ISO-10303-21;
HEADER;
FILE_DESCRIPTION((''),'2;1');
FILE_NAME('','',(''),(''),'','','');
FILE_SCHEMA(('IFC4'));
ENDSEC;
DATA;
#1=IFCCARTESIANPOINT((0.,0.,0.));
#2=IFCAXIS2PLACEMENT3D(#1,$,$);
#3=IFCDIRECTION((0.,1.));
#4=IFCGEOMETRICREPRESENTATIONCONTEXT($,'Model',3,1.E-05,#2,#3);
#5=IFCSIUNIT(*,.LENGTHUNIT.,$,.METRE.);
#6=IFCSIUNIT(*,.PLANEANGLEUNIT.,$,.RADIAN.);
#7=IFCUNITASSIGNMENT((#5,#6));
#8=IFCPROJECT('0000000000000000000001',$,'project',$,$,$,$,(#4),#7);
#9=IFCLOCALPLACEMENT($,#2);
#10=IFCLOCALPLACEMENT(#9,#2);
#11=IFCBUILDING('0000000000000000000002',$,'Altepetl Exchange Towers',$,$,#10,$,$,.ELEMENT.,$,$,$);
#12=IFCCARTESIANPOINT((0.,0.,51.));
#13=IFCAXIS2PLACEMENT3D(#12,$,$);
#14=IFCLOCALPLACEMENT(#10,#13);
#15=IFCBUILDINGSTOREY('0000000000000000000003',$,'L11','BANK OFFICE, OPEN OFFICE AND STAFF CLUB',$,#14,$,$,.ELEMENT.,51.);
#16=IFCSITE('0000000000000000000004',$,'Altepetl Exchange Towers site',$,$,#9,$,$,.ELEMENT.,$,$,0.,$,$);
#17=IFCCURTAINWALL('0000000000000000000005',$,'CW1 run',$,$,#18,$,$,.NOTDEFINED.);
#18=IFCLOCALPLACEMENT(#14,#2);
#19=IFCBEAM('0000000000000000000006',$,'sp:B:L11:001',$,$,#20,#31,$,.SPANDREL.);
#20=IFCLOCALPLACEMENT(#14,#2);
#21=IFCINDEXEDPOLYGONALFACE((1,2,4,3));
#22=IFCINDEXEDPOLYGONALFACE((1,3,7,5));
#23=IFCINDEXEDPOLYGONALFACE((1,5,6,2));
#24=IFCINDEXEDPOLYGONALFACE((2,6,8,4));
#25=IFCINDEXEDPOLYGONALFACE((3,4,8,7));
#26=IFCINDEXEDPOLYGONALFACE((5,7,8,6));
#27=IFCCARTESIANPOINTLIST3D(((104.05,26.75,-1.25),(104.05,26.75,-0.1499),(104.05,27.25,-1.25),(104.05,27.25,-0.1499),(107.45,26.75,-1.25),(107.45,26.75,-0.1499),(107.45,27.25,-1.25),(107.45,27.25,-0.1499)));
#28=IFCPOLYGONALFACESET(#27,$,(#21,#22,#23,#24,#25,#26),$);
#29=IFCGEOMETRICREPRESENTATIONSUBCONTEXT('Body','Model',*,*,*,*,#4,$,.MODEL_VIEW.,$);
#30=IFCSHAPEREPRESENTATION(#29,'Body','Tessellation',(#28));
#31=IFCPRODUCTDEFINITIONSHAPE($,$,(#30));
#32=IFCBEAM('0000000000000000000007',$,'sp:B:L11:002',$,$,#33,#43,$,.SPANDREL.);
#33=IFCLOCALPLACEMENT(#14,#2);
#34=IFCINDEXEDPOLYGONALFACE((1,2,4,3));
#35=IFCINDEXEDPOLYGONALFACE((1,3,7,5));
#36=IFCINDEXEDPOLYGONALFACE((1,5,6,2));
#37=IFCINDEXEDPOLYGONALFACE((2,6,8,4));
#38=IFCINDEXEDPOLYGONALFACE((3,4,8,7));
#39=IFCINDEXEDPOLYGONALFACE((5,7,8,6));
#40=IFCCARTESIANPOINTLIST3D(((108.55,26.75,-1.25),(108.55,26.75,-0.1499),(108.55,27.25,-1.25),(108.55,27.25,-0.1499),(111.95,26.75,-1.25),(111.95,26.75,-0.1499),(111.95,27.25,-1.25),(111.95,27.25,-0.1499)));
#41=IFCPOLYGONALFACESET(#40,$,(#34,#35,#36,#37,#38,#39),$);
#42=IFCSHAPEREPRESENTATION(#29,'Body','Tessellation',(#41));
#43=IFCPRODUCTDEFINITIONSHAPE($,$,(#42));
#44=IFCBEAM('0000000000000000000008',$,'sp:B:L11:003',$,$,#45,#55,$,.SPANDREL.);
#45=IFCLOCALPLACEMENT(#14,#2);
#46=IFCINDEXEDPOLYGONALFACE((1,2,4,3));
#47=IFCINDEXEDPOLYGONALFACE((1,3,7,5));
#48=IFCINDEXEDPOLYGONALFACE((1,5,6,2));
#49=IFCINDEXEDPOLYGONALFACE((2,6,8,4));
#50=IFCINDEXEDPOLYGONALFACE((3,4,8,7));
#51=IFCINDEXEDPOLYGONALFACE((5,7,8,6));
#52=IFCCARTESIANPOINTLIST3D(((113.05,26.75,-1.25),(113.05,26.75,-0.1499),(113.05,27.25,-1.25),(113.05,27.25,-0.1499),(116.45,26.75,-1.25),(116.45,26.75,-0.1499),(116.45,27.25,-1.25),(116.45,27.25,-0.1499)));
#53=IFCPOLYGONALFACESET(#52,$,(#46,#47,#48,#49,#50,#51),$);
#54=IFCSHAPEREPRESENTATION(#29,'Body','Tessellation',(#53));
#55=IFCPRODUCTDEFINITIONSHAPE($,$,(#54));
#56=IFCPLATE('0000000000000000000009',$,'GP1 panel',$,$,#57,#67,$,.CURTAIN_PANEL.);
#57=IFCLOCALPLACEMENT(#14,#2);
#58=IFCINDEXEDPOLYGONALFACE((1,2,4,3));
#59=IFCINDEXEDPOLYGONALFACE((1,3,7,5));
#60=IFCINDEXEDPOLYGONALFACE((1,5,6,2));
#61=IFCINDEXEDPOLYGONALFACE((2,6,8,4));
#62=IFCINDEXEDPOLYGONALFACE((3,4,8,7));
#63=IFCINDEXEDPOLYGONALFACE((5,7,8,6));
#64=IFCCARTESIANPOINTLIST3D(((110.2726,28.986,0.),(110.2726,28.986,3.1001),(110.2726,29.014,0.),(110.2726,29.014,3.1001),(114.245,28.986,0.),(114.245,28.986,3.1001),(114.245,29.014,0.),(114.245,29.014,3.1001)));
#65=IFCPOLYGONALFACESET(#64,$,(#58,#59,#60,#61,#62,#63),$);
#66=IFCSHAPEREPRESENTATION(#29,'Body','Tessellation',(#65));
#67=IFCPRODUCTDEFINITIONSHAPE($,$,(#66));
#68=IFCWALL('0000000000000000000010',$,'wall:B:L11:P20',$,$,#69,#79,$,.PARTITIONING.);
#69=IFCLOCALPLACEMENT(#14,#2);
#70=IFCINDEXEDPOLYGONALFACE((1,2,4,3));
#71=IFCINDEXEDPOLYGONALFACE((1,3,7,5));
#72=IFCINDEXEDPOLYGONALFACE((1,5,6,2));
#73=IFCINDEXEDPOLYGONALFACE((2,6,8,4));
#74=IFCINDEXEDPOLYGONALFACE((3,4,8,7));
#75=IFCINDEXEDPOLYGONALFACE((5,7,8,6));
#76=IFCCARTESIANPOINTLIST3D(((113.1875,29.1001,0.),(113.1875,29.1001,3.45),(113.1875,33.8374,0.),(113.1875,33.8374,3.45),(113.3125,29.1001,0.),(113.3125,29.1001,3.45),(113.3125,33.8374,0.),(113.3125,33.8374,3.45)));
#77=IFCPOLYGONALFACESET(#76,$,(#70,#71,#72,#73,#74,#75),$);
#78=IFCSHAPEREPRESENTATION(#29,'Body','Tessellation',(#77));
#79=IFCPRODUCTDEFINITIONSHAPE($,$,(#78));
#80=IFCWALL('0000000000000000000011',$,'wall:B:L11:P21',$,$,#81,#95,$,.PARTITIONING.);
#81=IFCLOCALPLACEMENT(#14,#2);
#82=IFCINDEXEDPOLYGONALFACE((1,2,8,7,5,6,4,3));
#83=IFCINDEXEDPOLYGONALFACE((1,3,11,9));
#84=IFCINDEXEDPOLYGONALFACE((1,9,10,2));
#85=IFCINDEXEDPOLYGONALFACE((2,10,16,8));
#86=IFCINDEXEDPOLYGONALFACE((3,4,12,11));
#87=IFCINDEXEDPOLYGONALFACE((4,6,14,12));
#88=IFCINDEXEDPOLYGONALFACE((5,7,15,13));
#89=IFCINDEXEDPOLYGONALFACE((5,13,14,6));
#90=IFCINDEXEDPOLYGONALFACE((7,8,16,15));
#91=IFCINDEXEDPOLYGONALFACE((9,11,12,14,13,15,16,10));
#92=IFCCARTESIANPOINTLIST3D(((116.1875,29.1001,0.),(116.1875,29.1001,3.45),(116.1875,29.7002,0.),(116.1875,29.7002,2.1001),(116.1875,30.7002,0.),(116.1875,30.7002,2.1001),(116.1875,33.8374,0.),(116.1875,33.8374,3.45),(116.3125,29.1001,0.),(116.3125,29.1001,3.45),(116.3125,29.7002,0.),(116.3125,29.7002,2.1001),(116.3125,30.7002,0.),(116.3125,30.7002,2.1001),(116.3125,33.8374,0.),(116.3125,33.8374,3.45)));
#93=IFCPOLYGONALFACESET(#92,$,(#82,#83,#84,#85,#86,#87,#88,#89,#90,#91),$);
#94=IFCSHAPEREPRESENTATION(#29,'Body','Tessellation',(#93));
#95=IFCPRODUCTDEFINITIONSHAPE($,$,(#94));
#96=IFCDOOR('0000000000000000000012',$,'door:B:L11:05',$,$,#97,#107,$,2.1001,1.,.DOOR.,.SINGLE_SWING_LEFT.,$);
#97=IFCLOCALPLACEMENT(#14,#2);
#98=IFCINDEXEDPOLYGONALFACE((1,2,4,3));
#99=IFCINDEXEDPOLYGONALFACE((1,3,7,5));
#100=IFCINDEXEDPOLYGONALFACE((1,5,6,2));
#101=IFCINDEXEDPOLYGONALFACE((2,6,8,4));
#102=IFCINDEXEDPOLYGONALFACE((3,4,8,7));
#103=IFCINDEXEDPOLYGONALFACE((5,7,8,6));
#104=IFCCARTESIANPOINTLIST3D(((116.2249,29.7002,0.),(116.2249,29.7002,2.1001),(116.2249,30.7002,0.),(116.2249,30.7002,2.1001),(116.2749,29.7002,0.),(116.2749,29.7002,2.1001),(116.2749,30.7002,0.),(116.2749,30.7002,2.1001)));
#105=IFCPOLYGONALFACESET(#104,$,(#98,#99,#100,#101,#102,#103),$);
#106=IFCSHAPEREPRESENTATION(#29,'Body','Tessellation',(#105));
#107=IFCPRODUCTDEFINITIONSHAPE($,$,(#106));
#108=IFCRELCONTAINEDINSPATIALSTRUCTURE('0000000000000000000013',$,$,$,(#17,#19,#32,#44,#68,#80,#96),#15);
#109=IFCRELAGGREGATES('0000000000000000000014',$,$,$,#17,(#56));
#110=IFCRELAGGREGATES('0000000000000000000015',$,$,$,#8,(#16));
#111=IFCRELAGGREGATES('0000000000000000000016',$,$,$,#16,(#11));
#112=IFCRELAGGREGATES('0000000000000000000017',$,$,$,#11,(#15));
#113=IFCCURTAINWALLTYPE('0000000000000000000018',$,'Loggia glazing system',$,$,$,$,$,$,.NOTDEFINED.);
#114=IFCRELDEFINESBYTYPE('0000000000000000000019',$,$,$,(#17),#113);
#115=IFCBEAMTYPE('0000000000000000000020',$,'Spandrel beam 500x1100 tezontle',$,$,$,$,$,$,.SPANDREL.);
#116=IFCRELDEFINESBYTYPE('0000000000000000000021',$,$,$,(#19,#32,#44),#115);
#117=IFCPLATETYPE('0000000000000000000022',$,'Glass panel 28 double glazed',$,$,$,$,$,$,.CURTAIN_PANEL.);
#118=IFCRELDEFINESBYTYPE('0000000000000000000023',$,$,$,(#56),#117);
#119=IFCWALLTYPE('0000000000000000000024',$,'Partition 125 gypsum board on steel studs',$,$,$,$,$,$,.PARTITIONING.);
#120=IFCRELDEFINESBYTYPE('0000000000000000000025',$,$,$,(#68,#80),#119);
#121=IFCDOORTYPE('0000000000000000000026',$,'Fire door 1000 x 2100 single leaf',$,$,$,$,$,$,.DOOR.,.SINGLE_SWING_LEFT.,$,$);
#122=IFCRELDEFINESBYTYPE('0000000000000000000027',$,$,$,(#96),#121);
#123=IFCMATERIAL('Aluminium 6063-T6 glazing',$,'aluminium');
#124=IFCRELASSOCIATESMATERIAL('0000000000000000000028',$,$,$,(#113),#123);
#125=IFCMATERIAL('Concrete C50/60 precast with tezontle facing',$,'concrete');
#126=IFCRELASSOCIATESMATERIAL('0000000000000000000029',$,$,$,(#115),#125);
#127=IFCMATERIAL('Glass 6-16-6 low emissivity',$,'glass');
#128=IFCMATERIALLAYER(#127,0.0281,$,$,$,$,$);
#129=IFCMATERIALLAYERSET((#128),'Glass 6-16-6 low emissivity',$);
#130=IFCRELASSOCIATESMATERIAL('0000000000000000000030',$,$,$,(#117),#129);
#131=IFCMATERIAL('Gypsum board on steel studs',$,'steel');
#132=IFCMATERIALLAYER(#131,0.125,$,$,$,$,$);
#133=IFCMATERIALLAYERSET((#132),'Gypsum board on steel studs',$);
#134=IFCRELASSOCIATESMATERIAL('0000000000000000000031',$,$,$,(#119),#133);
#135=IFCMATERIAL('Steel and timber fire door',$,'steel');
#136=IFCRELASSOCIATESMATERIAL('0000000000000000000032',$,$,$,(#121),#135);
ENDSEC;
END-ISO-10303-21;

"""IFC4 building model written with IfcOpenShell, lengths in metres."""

from ifc_helpers import new_model, si_unit, direction, frame, frame_2d, origin, origin_2d, place, context, subcontext, project, spatial, rectangle, extrude, material, layer, layer_set, material_profile, profile_set, type_object, element, fill, aggregate, save


model = new_model("IFC4")

# Units and contexts
model_context = context("Model", 3, precision=1e-05, world=origin(), true_north=direction((0.0, 1.0)))
body_context = subcontext(model_context, "Body", "Model", "MODEL_VIEW")
ifc_project = project(units=[si_unit("LENGTHUNIT", "METRE"), si_unit("PLANEANGLEUNIT", "RADIAN")], contexts=[model_context])

# Site, building, storey
site_placement = place(None, origin())
site = spatial("IfcSite", under=ifc_project, at=site_placement, Name="Altepetl Exchange Towers site", CompositionType="ELEMENT", RefElevation=0.0)
building_placement = place(site_placement, origin())
building = spatial("IfcBuilding", under=site, at=building_placement, Name="Altepetl Exchange Towers", CompositionType="ELEMENT")
storey_placement = place(building_placement, frame((0.0, 0.0, 51.0)))
storey = spatial("IfcBuildingStorey", under=building, at=storey_placement, Name="L11", Description="BANK OFFICE, OPEN OFFICE AND STAFF CLUB", CompositionType="ELEMENT", Elevation=51.0)

# Shared definitions
ifc_material_1 = material(Name="Aluminium 6063-T6 glazing", Category="aluminium")
curtain_wall_type = type_object("IfcCurtainWallType", Name="Loggia glazing system", PredefinedType="NOTDEFINED", material=ifc_material_1)

# Curtain wall
curtain_wall_1_placement = place(storey_placement, origin())
curtain_wall_1 = element("IfcCurtainWall", 1, at=curtain_wall_1_placement, inside=storey, type_object=curtain_wall_type, Name="CW1 run", PredefinedType="NOTDEFINED")

# Beams
ifc_material_2 = material(Name="Concrete C50/60 precast with tezontle facing", Category="concrete")
ifc_material_profile_1 = material_profile(ifc_material_2, rectangle(XDim=0.5, YDim=1.1001, at=origin_2d()), Name="500 x 1100")
ifc_profile_set_1 = profile_set([ifc_material_profile_1], Name="Concrete C50/60 precast with tezontle facing")
beam_type_1 = type_object("IfcBeamType", Name="Spandrel beam 500x1100 tezontle", PredefinedType="SPANDREL", material=ifc_profile_set_1)
for number, where, z_axis, x_axis, name in (
    (2, (104.05, 27.0, -0.7), (1.0, 0.0, 0.0), (0.0, 1.0, 0.0), "sp:B:L11:001"),
    (3, (108.55, 27.0, -0.7), (1.0, 0.0, 0.0), (0.0, 1.0, 0.0), "sp:B:L11:002"),
    (4, (113.05, 27.0, -0.7), (1.0, 0.0, 0.0), (0.0, 1.0, 0.0), "sp:B:L11:003"),
):
    element("IfcBeam", number, at=place(storey_placement, frame(where, z_axis=z_axis, x_axis=x_axis)), inside=storey, type_object=beam_type_1, Name=name, PredefinedType="SPANDREL", context=body_context, shape_type="SweptSolid", body=[
        extrude(rectangle(XDim=0.5, YDim=1.1001, at=origin_2d()), origin(), (0.0, 0.0, 1.0), 3.3999),
    ])

# Plate
ifc_material_3 = material(Name="Glass 6-16-6 low emissivity", Category="glass")
ifc_layer_1 = layer(ifc_material_3, 0.0281)
ifc_layer_set_1 = layer_set([ifc_layer_1], Name="Glass 6-16-6 low emissivity")
plate_type = type_object("IfcPlateType", Name="Glass panel 28 double glazed", PredefinedType="CURTAIN_PANEL", material=ifc_layer_set_1)
plate_placement = place(storey_placement, frame((112.2588, 29.0, 0.0)))
plate = element("IfcPlate", 5, at=plate_placement, type_object=plate_type, Name="GP1 panel", PredefinedType="CURTAIN_PANEL", context=body_context, shape_type="SweptSolid", body=[
    extrude(rectangle(XDim=3.9724, YDim=0.0281, at=origin_2d()), origin(), (0.0, 0.0, 1.0), 3.1001),
])
aggregate(curtain_wall_1, [plate])

# Wall
ifc_material_4 = material(Name="Gypsum board on steel studs", Category="steel")
ifc_layer_2 = layer(ifc_material_4, 0.125)
ifc_layer_set_2 = layer_set([ifc_layer_2], Name="Gypsum board on steel studs")
wall_type_1 = type_object("IfcWallType", Name="Partition 125 gypsum board on steel studs", PredefinedType="PARTITIONING", material=ifc_layer_set_2)
wall_1_placement = place(storey_placement, frame((113.25, 29.1001, 0.0), z_axis=(0.0, 0.0, 1.0), x_axis=(0.0, 1.0, 0.0)))
element("IfcWall", 6, at=wall_1_placement, inside=storey, type_object=wall_type_1, Name="wall:B:L11:P20", PredefinedType="PARTITIONING", context=body_context, shape_type="SweptSolid", body=[
    extrude(rectangle(XDim=4.7373, YDim=0.125, at=frame_2d((2.3687, 0.0))), origin(), (0.0, 0.0, 1.0), 3.45),
])

# Wall, opening, door
wall_2_placement = place(storey_placement, frame((116.25, 29.1001, 0.0), z_axis=(0.0, 0.0, 1.0), x_axis=(0.0, 1.0, 0.0)))
wall_2 = element("IfcWall", 7, at=wall_2_placement, inside=storey, type_object=wall_type_1, Name="wall:B:L11:P21", PredefinedType="PARTITIONING", context=body_context, shape_type="SweptSolid", body=[
    extrude(rectangle(XDim=4.7373, YDim=0.125, at=frame_2d((2.3687, 0.0))), origin(), (0.0, 0.0, 1.0), 3.45),
])
opening_1_placement = place(wall_2_placement, frame((0.6001, 0.0, 0.0)))
opening_1 = element("IfcOpeningElement", 8, at=opening_1_placement, cuts=wall_2, PredefinedType="OPENING", context=body_context, shape_type="SweptSolid", body=[
    extrude(rectangle(XDim=1.0, YDim=2.1001, at=frame_2d((0.5, 1.05))), frame((0.0, 0.0725, 0.0), z_axis=(0.0, -1.0, 0.0), x_axis=(1.0, 0.0, 0.0)), (0.0, 0.0, 1.0), 0.145),
])
ifc_material_5 = material(Name="Steel and timber fire door", Category="steel")
door_type_1 = type_object("IfcDoorType", Name="Fire door 1000 x 2100 single leaf", OperationType="SINGLE_SWING_LEFT", PredefinedType="DOOR", material=ifc_material_5)
door_1_placement = place(opening_1_placement, frame((1.0, 0.0, 0.0), x_axis=(-1.0, 0.0, 0.0)))
door_1 = element("IfcDoor", 9, at=door_1_placement, inside=storey, type_object=door_type_1, Name="door:B:L11:05", OperationType="SINGLE_SWING_LEFT", OverallHeight=2.1001, OverallWidth=1.0, PredefinedType="DOOR", context=body_context, shape_type="SweptSolid", body=[
    extrude(rectangle(XDim=1.0, YDim=2.1001, at=frame_2d((0.5, 1.05))), frame((0.0, 0.0249, 0.0), z_axis=(0.0, -1.0, 0.0), x_axis=(1.0, 0.0, 0.0)), (0.0, 0.0, 1.0), 0.05),
])
fill(opening_1, door_1)

save(model, "model.ifc")
